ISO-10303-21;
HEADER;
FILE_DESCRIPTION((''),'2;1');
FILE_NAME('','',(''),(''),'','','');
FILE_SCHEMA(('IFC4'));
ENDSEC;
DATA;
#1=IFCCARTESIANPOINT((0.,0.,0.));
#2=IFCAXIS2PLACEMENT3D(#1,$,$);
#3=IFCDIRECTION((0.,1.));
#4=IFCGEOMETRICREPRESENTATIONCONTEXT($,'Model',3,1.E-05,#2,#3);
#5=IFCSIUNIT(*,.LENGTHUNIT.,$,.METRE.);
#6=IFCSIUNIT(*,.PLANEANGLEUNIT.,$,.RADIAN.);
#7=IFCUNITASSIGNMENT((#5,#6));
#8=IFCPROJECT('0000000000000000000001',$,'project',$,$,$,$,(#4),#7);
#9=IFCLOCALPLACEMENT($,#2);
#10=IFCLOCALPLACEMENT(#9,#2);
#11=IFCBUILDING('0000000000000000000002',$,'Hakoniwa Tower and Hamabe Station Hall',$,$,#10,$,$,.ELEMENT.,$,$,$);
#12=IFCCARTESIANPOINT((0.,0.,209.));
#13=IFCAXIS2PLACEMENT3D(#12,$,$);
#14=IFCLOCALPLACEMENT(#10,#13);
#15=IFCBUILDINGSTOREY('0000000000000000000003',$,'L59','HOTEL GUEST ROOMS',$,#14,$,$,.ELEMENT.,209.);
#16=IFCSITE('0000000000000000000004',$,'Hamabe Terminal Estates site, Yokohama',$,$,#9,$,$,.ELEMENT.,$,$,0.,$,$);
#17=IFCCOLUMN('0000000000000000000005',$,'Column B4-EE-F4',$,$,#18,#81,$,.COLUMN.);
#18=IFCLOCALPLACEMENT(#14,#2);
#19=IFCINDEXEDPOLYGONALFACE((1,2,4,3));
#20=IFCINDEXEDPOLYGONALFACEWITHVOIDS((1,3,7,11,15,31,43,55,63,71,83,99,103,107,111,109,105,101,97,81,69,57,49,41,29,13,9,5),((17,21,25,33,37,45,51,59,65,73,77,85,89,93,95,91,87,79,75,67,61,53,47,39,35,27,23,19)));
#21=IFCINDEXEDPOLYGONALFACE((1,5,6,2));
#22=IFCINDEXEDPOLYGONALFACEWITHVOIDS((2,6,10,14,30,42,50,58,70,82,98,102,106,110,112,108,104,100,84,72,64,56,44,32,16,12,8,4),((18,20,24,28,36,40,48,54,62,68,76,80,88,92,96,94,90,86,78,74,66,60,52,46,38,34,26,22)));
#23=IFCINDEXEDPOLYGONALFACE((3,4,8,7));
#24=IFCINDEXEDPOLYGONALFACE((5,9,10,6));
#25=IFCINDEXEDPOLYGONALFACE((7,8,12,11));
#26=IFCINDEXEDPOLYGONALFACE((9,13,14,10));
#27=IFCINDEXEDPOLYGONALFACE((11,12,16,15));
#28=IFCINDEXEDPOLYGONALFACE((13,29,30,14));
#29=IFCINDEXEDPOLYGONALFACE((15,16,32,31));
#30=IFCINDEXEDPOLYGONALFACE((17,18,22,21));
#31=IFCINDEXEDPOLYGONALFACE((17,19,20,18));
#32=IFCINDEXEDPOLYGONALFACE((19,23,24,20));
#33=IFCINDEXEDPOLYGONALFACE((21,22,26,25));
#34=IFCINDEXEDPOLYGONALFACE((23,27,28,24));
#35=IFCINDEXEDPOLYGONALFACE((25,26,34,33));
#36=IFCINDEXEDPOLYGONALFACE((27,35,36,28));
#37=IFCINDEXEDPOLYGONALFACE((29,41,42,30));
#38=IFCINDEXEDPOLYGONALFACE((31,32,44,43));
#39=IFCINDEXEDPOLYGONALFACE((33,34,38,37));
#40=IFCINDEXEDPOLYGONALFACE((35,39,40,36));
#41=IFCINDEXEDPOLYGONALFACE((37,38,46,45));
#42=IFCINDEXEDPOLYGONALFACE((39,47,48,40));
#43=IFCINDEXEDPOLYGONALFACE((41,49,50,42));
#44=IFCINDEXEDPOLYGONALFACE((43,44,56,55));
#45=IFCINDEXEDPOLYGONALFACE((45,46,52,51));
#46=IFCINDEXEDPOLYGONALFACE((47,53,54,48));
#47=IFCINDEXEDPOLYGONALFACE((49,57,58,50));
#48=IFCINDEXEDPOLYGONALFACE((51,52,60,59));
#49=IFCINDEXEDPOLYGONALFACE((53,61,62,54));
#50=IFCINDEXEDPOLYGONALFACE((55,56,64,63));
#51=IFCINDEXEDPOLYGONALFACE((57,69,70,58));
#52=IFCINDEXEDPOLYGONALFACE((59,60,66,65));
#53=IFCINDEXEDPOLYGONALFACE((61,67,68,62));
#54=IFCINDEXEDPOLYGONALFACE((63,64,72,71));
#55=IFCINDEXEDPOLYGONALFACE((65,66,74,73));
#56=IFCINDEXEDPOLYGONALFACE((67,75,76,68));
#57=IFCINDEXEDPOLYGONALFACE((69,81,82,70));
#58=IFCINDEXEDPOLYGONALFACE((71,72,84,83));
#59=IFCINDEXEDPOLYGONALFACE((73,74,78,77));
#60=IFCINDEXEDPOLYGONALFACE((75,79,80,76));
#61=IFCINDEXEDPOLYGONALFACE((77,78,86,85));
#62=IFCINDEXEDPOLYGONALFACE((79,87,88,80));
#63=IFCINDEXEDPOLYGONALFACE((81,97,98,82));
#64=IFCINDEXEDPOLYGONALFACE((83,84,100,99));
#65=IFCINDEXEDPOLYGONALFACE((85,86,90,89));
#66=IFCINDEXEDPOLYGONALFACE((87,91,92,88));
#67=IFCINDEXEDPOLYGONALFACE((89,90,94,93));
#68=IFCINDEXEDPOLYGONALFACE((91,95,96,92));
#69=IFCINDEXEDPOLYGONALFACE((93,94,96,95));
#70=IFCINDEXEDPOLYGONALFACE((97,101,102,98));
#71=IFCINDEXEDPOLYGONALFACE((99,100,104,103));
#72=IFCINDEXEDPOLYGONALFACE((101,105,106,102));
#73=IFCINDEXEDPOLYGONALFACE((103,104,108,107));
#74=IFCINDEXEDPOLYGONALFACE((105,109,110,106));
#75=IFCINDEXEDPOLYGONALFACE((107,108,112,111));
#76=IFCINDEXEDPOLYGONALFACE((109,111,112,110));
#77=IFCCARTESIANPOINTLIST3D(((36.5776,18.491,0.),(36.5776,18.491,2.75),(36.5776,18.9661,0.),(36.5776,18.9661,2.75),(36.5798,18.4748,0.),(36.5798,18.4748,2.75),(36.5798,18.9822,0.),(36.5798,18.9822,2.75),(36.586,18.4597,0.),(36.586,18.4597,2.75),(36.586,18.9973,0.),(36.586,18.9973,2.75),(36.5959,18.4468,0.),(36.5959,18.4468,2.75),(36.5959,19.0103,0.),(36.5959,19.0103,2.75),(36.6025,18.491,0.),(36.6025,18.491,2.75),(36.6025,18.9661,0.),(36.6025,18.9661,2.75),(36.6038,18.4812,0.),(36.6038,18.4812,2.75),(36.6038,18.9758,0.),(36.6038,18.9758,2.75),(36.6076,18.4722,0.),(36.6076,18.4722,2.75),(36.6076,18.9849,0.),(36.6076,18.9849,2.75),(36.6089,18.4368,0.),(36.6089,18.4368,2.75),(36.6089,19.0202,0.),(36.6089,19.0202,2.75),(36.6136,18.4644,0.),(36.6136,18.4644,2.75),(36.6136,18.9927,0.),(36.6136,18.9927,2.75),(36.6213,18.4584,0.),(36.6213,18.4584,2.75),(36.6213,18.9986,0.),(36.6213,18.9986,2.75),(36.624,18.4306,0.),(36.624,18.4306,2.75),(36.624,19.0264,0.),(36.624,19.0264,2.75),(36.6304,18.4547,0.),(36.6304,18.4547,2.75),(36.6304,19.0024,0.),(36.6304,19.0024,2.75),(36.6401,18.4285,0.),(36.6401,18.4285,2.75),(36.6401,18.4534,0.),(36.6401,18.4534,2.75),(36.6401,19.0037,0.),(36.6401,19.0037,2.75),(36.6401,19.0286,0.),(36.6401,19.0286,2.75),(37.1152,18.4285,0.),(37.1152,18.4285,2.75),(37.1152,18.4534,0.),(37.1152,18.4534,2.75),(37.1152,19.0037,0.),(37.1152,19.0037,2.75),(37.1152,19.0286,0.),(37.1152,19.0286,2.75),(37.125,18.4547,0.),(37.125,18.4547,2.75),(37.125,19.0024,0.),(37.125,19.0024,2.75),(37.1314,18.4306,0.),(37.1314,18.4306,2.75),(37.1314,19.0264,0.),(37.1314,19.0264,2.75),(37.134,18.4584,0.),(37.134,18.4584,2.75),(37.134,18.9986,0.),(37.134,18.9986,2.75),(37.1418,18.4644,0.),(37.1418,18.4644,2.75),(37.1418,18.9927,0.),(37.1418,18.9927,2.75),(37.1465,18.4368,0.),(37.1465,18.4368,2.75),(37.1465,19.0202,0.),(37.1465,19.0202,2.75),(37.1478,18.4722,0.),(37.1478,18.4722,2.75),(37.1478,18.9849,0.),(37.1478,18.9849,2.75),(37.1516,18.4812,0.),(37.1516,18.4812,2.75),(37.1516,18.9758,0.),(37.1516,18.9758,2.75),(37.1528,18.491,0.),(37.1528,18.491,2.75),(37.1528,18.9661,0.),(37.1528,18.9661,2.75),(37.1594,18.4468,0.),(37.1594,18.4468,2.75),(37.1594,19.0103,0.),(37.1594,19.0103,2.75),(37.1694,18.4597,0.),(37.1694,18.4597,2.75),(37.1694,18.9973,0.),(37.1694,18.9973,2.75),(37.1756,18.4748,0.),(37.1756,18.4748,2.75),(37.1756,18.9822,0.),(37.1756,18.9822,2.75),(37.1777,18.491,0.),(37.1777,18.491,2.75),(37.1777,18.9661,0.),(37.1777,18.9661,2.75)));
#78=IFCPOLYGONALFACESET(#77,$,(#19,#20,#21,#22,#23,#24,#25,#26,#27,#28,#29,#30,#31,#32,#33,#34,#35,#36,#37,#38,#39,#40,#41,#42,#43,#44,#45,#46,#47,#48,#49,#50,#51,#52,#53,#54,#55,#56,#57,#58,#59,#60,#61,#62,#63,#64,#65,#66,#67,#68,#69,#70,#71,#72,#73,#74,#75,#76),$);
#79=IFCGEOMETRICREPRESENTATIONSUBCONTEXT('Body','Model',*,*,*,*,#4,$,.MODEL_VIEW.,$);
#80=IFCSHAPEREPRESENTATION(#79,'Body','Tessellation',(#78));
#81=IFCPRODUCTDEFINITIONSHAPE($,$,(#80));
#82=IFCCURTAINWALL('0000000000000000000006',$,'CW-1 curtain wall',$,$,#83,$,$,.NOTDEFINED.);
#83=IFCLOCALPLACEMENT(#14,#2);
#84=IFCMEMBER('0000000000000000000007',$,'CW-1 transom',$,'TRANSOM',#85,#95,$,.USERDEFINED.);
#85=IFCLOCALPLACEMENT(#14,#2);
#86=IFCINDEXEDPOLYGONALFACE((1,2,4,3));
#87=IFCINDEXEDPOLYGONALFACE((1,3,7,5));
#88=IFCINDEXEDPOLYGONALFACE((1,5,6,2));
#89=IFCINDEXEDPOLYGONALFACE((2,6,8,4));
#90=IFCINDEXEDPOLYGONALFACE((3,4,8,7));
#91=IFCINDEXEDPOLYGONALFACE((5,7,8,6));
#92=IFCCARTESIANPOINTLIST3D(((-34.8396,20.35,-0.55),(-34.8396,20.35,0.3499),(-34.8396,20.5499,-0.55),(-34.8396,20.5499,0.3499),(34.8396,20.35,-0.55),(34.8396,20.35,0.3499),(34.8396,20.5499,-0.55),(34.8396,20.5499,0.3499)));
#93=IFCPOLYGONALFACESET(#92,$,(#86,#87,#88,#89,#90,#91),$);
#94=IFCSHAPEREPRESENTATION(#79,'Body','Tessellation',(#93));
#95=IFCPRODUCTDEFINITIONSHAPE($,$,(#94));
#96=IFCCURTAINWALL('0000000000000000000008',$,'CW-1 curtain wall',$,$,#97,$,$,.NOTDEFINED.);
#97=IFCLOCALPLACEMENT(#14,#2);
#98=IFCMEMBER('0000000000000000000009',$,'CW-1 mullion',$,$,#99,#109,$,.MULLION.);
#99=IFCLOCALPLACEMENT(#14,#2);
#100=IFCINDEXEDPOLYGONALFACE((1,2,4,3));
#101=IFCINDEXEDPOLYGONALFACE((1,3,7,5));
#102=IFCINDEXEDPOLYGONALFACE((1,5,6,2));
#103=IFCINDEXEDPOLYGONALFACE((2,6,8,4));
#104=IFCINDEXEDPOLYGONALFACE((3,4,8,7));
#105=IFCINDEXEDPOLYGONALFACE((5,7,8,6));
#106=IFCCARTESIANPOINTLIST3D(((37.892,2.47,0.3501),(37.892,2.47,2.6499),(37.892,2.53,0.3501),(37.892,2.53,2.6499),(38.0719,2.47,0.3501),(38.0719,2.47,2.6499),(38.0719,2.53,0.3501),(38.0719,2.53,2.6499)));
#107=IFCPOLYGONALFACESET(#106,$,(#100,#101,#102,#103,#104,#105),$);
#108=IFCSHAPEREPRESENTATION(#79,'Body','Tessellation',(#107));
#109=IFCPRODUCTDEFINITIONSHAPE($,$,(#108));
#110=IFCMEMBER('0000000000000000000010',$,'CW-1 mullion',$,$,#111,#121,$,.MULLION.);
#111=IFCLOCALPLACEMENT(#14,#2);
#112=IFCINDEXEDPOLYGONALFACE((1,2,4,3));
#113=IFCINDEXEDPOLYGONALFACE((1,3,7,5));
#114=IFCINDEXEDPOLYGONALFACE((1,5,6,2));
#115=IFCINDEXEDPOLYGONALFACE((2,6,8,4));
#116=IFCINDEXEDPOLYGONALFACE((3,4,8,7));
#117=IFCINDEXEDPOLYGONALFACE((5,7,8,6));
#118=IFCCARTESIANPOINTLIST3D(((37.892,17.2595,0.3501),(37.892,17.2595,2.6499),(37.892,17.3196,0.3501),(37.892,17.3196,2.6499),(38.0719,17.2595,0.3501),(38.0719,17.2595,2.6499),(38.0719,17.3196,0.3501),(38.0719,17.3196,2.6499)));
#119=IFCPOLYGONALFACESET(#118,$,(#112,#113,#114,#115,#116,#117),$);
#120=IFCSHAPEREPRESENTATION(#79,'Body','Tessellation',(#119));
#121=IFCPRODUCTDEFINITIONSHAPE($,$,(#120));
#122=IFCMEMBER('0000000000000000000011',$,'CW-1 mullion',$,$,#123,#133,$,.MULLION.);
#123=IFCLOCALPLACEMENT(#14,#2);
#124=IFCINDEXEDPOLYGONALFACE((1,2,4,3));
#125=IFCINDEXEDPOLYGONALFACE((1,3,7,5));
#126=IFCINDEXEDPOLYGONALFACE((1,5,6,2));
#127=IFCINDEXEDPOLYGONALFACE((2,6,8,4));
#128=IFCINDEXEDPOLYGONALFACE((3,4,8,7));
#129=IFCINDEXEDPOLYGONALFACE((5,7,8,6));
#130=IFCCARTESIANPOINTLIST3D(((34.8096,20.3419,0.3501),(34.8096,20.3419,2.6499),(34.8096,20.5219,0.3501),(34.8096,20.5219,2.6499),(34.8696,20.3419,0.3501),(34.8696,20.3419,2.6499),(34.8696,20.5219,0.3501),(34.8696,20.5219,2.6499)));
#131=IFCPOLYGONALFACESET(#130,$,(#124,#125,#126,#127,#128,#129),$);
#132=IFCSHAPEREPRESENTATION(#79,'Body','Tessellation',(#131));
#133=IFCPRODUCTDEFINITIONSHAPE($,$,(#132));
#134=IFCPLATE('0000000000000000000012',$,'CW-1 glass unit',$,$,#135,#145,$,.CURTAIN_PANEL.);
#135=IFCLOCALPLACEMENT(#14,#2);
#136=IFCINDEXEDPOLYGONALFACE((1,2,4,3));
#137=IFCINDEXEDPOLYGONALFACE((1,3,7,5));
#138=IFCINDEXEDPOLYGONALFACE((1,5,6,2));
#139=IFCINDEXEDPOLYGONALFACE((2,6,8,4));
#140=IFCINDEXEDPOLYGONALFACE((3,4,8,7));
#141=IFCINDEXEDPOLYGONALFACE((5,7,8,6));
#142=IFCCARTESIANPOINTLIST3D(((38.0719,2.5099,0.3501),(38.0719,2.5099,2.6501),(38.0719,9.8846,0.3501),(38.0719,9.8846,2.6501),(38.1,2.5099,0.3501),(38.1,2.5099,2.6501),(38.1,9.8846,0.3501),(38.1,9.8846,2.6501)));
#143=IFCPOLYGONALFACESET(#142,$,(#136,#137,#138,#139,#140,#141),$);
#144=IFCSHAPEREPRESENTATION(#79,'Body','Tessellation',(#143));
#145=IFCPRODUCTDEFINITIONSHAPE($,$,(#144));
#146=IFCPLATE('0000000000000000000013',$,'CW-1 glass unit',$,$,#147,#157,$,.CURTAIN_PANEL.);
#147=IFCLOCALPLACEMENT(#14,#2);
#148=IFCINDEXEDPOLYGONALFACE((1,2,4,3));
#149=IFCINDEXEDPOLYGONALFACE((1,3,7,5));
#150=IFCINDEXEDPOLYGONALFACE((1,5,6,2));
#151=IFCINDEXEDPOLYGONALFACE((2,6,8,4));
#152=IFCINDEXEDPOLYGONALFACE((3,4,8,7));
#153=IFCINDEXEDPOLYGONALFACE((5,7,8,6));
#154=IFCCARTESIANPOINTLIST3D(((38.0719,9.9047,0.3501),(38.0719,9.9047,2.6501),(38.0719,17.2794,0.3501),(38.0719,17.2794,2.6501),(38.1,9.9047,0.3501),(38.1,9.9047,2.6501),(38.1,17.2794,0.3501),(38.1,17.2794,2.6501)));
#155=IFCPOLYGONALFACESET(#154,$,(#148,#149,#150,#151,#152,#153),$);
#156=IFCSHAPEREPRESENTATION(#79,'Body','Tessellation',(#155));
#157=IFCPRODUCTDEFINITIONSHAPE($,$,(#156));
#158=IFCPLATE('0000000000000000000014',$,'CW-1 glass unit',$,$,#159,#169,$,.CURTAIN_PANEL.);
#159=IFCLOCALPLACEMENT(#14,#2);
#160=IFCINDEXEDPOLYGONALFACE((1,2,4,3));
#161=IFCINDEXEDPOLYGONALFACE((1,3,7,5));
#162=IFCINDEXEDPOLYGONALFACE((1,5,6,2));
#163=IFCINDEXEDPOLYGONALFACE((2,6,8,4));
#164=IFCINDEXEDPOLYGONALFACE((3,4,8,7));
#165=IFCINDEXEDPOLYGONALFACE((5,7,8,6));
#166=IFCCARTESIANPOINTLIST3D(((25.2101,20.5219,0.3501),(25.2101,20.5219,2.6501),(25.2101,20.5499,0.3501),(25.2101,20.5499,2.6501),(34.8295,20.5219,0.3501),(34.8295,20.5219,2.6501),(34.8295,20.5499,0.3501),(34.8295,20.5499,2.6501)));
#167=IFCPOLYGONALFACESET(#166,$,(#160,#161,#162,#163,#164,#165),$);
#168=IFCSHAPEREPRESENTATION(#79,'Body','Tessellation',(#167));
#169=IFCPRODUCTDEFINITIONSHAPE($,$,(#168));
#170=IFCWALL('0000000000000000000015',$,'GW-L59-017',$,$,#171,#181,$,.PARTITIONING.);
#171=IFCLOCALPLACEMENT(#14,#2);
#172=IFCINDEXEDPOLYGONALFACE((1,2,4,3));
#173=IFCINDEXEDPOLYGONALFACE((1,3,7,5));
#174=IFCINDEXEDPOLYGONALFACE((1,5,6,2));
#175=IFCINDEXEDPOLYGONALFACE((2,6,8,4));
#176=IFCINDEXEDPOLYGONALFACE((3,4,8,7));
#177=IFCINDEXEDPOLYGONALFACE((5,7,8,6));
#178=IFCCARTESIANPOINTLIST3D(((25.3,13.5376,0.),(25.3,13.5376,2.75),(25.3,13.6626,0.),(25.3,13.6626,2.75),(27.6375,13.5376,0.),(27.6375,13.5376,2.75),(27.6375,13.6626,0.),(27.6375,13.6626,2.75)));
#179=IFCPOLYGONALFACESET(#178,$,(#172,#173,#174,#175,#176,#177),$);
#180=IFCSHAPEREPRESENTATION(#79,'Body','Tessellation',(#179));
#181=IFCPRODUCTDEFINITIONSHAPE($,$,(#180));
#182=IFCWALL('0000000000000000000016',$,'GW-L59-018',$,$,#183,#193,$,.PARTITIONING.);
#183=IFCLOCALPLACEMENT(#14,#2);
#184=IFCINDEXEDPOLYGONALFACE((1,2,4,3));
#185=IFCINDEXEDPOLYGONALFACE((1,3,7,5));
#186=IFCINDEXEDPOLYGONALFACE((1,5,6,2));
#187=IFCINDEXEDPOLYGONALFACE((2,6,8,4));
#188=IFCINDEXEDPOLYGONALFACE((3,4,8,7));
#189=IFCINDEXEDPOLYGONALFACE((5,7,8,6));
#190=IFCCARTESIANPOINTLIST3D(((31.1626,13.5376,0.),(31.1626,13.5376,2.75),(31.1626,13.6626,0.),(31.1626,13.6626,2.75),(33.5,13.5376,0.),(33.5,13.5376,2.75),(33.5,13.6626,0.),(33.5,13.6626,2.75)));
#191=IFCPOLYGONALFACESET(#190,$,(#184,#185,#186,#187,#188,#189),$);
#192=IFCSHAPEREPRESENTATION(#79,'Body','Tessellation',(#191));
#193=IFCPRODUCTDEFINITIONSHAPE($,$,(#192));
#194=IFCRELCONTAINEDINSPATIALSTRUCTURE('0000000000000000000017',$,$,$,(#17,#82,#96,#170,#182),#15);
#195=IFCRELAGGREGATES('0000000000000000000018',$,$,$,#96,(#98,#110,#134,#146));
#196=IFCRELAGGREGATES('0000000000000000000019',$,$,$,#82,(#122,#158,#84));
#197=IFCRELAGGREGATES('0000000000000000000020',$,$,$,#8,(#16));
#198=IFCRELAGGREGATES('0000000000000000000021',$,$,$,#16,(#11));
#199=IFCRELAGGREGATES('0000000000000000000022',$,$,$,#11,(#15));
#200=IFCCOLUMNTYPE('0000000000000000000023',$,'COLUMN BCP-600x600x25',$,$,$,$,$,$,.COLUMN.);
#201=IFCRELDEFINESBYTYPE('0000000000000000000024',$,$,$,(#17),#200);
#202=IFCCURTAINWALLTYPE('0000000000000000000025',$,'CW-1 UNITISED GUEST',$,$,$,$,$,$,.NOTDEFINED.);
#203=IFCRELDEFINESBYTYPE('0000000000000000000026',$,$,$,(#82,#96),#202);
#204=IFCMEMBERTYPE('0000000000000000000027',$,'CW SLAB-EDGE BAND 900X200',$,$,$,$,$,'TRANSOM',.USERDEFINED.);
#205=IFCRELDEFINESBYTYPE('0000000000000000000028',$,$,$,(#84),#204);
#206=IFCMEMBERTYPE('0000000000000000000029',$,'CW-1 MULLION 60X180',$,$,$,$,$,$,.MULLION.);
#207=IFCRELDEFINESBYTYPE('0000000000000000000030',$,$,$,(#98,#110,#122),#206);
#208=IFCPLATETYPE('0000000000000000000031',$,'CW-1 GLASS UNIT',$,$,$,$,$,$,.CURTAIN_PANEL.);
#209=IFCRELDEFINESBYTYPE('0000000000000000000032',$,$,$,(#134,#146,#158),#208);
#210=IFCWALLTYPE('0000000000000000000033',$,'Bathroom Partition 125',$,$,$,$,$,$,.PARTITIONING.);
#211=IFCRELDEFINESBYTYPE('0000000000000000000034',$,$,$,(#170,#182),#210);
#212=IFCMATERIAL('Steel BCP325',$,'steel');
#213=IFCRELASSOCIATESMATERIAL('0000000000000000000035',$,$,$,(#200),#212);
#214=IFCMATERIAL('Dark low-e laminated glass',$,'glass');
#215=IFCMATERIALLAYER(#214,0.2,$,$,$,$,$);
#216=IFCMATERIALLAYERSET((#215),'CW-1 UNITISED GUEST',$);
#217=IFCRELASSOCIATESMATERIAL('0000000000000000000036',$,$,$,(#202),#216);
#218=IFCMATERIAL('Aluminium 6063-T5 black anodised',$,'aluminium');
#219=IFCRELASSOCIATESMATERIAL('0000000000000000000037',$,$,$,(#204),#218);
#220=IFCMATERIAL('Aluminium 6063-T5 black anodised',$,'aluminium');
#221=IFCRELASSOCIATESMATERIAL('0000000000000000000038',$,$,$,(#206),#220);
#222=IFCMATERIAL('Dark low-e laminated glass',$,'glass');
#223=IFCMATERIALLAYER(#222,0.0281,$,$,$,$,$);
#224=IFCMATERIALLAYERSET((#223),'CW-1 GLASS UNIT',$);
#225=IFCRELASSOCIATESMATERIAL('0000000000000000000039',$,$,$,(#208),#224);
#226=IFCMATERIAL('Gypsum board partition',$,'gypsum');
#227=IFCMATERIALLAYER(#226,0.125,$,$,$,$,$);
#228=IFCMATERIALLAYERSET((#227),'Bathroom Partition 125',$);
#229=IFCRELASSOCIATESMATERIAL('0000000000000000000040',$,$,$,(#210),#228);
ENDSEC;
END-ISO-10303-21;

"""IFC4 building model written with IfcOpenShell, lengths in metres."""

from ifc_helpers import new_model, si_unit, direction, frame, frame_2d, origin, origin_2d, place, context, subcontext, project, spatial, rectangle, hollow_rectangle, extrude, material, layer, layer_set, material_profile, profile_set, type_object, element, aggregate, save


model = new_model("IFC4")

# Units and contexts
model_context = context("Model", 3, precision=1e-05, world=origin(), true_north=direction((0.0, 1.0)))
body_context = subcontext(model_context, "Body", "Model", "MODEL_VIEW")
ifc_project = project(units=[si_unit("LENGTHUNIT", "METRE"), si_unit("PLANEANGLEUNIT", "RADIAN")], contexts=[model_context])

# Site, building, storey
site_placement = place(None, origin())
site = spatial("IfcSite", under=ifc_project, at=site_placement, Name="Hamabe Terminal Estates site, Yokohama", CompositionType="ELEMENT", RefElevation=0.0)
building_placement = place(site_placement, origin())
building = spatial("IfcBuilding", under=site, at=building_placement, Name="Hakoniwa Tower and Hamabe Station Hall", CompositionType="ELEMENT")
storey_placement = place(building_placement, frame((0.0, 0.0, 209.0)))
storey = spatial("IfcBuildingStorey", under=building, at=storey_placement, Name="L59", Description="HOTEL GUEST ROOMS", CompositionType="ELEMENT", Elevation=209.0)

# Column
ifc_material_1 = material(Name="Steel BCP325", Category="steel")
ifc_material_profile_1 = material_profile(ifc_material_1, hollow_rectangle(XDim=0.6001, YDim=0.6001, WallThickness=0.0249, InnerFilletRadius=0.0376, OuterFilletRadius=0.0625, at=origin_2d()), Name="BCP-600x600x25")
ifc_profile_set_1 = profile_set([ifc_material_profile_1], Name="Steel BCP325")
column_type = type_object("IfcColumnType", Name="COLUMN BCP-600x600x25", PredefinedType="COLUMN", material=ifc_profile_set_1)
for number, where, z_axis, x_axis, name in (
    (1, (36.8777, 18.7285, 0.0), (0.0, 0.0, 1.0), (1.0, 0.0, 0.0), "Column B4-EE-F4"),
):
    element("IfcColumn", number, at=place(storey_placement, frame(where, z_axis=z_axis, x_axis=x_axis)), inside=storey, type_object=column_type, Name=name, PredefinedType="COLUMN", context=body_context, shape_type="SweptSolid", body=[
        extrude(hollow_rectangle(XDim=0.6001, YDim=0.6001, WallThickness=0.0249, InnerFilletRadius=0.0376, OuterFilletRadius=0.0625, at=origin_2d()), origin(), (0.0, 0.0, 1.0), 2.75),
    ])

# Curtain wall, member
ifc_material_2 = material(Name="Dark low-e laminated glass", Category="glass")
ifc_layer_1 = layer(ifc_material_2, 0.2)
ifc_layer_set_1 = layer_set([ifc_layer_1], Name="CW-1 UNITISED GUEST")
curtain_wall_type = type_object("IfcCurtainWallType", Name="CW-1 UNITISED GUEST", PredefinedType="NOTDEFINED", material=ifc_layer_set_1)
curtain_wall_1_placement = place(storey_placement, origin())
curtain_wall_1 = element("IfcCurtainWall", 2, at=curtain_wall_1_placement, inside=storey, type_object=curtain_wall_type, Name="CW-1 curtain wall", PredefinedType="NOTDEFINED")
ifc_material_3 = material(Name="Aluminium 6063-T5 black anodised", Category="aluminium")
ifc_material_profile_2 = material_profile(ifc_material_3, rectangle(XDim=0.2, YDim=0.8999, at=origin_2d()), Name="CW SLAB-EDGE BAND 900X200")
ifc_profile_set_2 = profile_set([ifc_material_profile_2], Name="Aluminium 6063-T5 black anodised")
member_type_1 = type_object("IfcMemberType", Name="CW SLAB-EDGE BAND 900X200", ElementType="TRANSOM", PredefinedType="USERDEFINED", material=ifc_profile_set_2)
member_1_placement = place(storey_placement, frame((34.8396, 20.45, -0.1001), z_axis=(-1.0, 0.0, 0.0), x_axis=(0.0, -1.0, 0.0)))
member_1 = element("IfcMember", 3, at=member_1_placement, type_object=member_type_1, Name="CW-1 transom", ObjectType="TRANSOM", PredefinedType="USERDEFINED", context=body_context, shape_type="SweptSolid", body=[
    extrude(rectangle(XDim=0.2, YDim=0.8999, at=origin_2d()), origin(), (0.0, 0.0, 1.0), 69.6792),
])

# Curtain wall, members
curtain_wall_2_placement = place(storey_placement, origin())
curtain_wall_2 = element("IfcCurtainWall", 4, at=curtain_wall_2_placement, inside=storey, type_object=curtain_wall_type, Name="CW-1 curtain wall", PredefinedType="NOTDEFINED")
ifc_material_4 = material(Name="Aluminium 6063-T5 black anodised", Category="aluminium")
ifc_material_profile_3 = material_profile(ifc_material_4, rectangle(XDim=0.0601, YDim=0.1799, at=origin_2d()), Name="CW-1 MULLION 60X180")
ifc_profile_set_3 = profile_set([ifc_material_profile_3], Name="Aluminium 6063-T5 black anodised")
member_type_2 = type_object("IfcMemberType", Name="CW-1 MULLION 60X180", PredefinedType="MULLION", material=ifc_profile_set_3)
member_2_placement = place(storey_placement, frame((37.9819, 2.5, 0.3501), z_axis=(0.0, 0.0, 1.0), x_axis=(0.0, 1.0, 0.0)))
member_2 = element("IfcMember", 5, at=member_2_placement, type_object=member_type_2, Name="CW-1 mullion", PredefinedType="MULLION", context=body_context, shape_type="SweptSolid", body=[
    extrude(rectangle(XDim=0.0601, YDim=0.1799, at=origin_2d()), origin(), (0.0, 0.0, 1.0), 2.2998),
])
member_3_placement = place(storey_placement, frame((37.9819, 17.2896, 0.3501), z_axis=(0.0, 0.0, 1.0), x_axis=(0.0, 1.0, 0.0)))
member_3 = element("IfcMember", 6, at=member_3_placement, type_object=member_type_2, Name="CW-1 mullion", PredefinedType="MULLION", context=body_context, shape_type="SweptSolid", body=[
    extrude(rectangle(XDim=0.0601, YDim=0.1799, at=origin_2d()), origin(), (0.0, 0.0, 1.0), 2.2998),
])

# Member
member_4_placement = place(storey_placement, frame((34.8396, 20.4319, 0.3501), z_axis=(0.0, 0.0, 1.0), x_axis=(-1.0, 0.0, 0.0)))
member_4 = element("IfcMember", 7, at=member_4_placement, type_object=member_type_2, Name="CW-1 mullion", PredefinedType="MULLION", context=body_context, shape_type="SweptSolid", body=[
    extrude(rectangle(XDim=0.0601, YDim=0.1799, at=origin_2d()), origin(), (0.0, 0.0, 1.0), 2.2998),
])

# Plates
ifc_material_5 = material(Name="Dark low-e laminated glass", Category="glass")
ifc_layer_2 = layer(ifc_material_5, 0.0281)
ifc_layer_set_2 = layer_set([ifc_layer_2], Name="CW-1 GLASS UNIT")
plate_type = type_object("IfcPlateType", Name="CW-1 GLASS UNIT", PredefinedType="CURTAIN_PANEL", material=ifc_layer_set_2)
plate_1_placement = place(storey_placement, frame((38.0859, 6.1973, 0.3501), z_axis=(0.0, 0.0, 1.0), x_axis=(0.0, 1.0, 0.0)))
plate_1 = element("IfcPlate", 8, at=plate_1_placement, type_object=plate_type, Name="CW-1 glass unit", PredefinedType="CURTAIN_PANEL", context=body_context, shape_type="SweptSolid", body=[
    extrude(rectangle(XDim=7.3748, YDim=0.0281, at=origin_2d()), origin(), (0.0, 0.0, 1.0), 2.3),
])
plate_2_placement = place(storey_placement, frame((38.0859, 13.592, 0.3501), z_axis=(0.0, 0.0, 1.0), x_axis=(0.0, 1.0, 0.0)))
plate_2 = element("IfcPlate", 9, at=plate_2_placement, type_object=plate_type, Name="CW-1 glass unit", PredefinedType="CURTAIN_PANEL", context=body_context, shape_type="SweptSolid", body=[
    extrude(rectangle(XDim=7.3748, YDim=0.0281, at=origin_2d()), origin(), (0.0, 0.0, 1.0), 2.3),
])
aggregate(curtain_wall_2, [member_2, member_3, plate_1, plate_2])
plate_3_placement = place(storey_placement, frame((30.0198, 20.5359, 0.3501), z_axis=(0.0, 0.0, 1.0), x_axis=(-1.0, 0.0, 0.0)))
plate_3 = element("IfcPlate", 10, at=plate_3_placement, type_object=plate_type, Name="CW-1 glass unit", PredefinedType="CURTAIN_PANEL", context=body_context, shape_type="SweptSolid", body=[
    extrude(rectangle(XDim=9.6194, YDim=0.0281, at=origin_2d()), origin(), (0.0, 0.0, 1.0), 2.3),
])
aggregate(curtain_wall_1, [member_4, plate_3, member_1])

# Walls
ifc_material_6 = material(Name="Gypsum board partition", Category="gypsum")
ifc_layer_3 = layer(ifc_material_6, 0.125)
ifc_layer_set_3 = layer_set([ifc_layer_3], Name="Bathroom Partition 125")
wall_type_1 = type_object("IfcWallType", Name="Bathroom Partition 125", PredefinedType="PARTITIONING", material=ifc_layer_set_3)
for number, where, z_axis, x_axis, name in (
    (11, (25.3, 13.6001, 0.0), (0.0, 0.0, 1.0), (1.0, 0.0, 0.0), "GW-L59-017"),
    (12, (31.1626, 13.6001, 0.0), (0.0, 0.0, 1.0), (1.0, 0.0, 0.0), "GW-L59-018"),
):
    element("IfcWall", number, at=place(storey_placement, frame(where, z_axis=z_axis, x_axis=x_axis)), inside=storey, type_object=wall_type_1, Name=name, PredefinedType="PARTITIONING", context=body_context, shape_type="SweptSolid", body=[
        extrude(rectangle(XDim=2.3374, YDim=0.125, at=frame_2d((1.1687, 0.0))), origin(), (0.0, 0.0, 1.0), 2.75),
    ])

save(model, "model.ifc")
